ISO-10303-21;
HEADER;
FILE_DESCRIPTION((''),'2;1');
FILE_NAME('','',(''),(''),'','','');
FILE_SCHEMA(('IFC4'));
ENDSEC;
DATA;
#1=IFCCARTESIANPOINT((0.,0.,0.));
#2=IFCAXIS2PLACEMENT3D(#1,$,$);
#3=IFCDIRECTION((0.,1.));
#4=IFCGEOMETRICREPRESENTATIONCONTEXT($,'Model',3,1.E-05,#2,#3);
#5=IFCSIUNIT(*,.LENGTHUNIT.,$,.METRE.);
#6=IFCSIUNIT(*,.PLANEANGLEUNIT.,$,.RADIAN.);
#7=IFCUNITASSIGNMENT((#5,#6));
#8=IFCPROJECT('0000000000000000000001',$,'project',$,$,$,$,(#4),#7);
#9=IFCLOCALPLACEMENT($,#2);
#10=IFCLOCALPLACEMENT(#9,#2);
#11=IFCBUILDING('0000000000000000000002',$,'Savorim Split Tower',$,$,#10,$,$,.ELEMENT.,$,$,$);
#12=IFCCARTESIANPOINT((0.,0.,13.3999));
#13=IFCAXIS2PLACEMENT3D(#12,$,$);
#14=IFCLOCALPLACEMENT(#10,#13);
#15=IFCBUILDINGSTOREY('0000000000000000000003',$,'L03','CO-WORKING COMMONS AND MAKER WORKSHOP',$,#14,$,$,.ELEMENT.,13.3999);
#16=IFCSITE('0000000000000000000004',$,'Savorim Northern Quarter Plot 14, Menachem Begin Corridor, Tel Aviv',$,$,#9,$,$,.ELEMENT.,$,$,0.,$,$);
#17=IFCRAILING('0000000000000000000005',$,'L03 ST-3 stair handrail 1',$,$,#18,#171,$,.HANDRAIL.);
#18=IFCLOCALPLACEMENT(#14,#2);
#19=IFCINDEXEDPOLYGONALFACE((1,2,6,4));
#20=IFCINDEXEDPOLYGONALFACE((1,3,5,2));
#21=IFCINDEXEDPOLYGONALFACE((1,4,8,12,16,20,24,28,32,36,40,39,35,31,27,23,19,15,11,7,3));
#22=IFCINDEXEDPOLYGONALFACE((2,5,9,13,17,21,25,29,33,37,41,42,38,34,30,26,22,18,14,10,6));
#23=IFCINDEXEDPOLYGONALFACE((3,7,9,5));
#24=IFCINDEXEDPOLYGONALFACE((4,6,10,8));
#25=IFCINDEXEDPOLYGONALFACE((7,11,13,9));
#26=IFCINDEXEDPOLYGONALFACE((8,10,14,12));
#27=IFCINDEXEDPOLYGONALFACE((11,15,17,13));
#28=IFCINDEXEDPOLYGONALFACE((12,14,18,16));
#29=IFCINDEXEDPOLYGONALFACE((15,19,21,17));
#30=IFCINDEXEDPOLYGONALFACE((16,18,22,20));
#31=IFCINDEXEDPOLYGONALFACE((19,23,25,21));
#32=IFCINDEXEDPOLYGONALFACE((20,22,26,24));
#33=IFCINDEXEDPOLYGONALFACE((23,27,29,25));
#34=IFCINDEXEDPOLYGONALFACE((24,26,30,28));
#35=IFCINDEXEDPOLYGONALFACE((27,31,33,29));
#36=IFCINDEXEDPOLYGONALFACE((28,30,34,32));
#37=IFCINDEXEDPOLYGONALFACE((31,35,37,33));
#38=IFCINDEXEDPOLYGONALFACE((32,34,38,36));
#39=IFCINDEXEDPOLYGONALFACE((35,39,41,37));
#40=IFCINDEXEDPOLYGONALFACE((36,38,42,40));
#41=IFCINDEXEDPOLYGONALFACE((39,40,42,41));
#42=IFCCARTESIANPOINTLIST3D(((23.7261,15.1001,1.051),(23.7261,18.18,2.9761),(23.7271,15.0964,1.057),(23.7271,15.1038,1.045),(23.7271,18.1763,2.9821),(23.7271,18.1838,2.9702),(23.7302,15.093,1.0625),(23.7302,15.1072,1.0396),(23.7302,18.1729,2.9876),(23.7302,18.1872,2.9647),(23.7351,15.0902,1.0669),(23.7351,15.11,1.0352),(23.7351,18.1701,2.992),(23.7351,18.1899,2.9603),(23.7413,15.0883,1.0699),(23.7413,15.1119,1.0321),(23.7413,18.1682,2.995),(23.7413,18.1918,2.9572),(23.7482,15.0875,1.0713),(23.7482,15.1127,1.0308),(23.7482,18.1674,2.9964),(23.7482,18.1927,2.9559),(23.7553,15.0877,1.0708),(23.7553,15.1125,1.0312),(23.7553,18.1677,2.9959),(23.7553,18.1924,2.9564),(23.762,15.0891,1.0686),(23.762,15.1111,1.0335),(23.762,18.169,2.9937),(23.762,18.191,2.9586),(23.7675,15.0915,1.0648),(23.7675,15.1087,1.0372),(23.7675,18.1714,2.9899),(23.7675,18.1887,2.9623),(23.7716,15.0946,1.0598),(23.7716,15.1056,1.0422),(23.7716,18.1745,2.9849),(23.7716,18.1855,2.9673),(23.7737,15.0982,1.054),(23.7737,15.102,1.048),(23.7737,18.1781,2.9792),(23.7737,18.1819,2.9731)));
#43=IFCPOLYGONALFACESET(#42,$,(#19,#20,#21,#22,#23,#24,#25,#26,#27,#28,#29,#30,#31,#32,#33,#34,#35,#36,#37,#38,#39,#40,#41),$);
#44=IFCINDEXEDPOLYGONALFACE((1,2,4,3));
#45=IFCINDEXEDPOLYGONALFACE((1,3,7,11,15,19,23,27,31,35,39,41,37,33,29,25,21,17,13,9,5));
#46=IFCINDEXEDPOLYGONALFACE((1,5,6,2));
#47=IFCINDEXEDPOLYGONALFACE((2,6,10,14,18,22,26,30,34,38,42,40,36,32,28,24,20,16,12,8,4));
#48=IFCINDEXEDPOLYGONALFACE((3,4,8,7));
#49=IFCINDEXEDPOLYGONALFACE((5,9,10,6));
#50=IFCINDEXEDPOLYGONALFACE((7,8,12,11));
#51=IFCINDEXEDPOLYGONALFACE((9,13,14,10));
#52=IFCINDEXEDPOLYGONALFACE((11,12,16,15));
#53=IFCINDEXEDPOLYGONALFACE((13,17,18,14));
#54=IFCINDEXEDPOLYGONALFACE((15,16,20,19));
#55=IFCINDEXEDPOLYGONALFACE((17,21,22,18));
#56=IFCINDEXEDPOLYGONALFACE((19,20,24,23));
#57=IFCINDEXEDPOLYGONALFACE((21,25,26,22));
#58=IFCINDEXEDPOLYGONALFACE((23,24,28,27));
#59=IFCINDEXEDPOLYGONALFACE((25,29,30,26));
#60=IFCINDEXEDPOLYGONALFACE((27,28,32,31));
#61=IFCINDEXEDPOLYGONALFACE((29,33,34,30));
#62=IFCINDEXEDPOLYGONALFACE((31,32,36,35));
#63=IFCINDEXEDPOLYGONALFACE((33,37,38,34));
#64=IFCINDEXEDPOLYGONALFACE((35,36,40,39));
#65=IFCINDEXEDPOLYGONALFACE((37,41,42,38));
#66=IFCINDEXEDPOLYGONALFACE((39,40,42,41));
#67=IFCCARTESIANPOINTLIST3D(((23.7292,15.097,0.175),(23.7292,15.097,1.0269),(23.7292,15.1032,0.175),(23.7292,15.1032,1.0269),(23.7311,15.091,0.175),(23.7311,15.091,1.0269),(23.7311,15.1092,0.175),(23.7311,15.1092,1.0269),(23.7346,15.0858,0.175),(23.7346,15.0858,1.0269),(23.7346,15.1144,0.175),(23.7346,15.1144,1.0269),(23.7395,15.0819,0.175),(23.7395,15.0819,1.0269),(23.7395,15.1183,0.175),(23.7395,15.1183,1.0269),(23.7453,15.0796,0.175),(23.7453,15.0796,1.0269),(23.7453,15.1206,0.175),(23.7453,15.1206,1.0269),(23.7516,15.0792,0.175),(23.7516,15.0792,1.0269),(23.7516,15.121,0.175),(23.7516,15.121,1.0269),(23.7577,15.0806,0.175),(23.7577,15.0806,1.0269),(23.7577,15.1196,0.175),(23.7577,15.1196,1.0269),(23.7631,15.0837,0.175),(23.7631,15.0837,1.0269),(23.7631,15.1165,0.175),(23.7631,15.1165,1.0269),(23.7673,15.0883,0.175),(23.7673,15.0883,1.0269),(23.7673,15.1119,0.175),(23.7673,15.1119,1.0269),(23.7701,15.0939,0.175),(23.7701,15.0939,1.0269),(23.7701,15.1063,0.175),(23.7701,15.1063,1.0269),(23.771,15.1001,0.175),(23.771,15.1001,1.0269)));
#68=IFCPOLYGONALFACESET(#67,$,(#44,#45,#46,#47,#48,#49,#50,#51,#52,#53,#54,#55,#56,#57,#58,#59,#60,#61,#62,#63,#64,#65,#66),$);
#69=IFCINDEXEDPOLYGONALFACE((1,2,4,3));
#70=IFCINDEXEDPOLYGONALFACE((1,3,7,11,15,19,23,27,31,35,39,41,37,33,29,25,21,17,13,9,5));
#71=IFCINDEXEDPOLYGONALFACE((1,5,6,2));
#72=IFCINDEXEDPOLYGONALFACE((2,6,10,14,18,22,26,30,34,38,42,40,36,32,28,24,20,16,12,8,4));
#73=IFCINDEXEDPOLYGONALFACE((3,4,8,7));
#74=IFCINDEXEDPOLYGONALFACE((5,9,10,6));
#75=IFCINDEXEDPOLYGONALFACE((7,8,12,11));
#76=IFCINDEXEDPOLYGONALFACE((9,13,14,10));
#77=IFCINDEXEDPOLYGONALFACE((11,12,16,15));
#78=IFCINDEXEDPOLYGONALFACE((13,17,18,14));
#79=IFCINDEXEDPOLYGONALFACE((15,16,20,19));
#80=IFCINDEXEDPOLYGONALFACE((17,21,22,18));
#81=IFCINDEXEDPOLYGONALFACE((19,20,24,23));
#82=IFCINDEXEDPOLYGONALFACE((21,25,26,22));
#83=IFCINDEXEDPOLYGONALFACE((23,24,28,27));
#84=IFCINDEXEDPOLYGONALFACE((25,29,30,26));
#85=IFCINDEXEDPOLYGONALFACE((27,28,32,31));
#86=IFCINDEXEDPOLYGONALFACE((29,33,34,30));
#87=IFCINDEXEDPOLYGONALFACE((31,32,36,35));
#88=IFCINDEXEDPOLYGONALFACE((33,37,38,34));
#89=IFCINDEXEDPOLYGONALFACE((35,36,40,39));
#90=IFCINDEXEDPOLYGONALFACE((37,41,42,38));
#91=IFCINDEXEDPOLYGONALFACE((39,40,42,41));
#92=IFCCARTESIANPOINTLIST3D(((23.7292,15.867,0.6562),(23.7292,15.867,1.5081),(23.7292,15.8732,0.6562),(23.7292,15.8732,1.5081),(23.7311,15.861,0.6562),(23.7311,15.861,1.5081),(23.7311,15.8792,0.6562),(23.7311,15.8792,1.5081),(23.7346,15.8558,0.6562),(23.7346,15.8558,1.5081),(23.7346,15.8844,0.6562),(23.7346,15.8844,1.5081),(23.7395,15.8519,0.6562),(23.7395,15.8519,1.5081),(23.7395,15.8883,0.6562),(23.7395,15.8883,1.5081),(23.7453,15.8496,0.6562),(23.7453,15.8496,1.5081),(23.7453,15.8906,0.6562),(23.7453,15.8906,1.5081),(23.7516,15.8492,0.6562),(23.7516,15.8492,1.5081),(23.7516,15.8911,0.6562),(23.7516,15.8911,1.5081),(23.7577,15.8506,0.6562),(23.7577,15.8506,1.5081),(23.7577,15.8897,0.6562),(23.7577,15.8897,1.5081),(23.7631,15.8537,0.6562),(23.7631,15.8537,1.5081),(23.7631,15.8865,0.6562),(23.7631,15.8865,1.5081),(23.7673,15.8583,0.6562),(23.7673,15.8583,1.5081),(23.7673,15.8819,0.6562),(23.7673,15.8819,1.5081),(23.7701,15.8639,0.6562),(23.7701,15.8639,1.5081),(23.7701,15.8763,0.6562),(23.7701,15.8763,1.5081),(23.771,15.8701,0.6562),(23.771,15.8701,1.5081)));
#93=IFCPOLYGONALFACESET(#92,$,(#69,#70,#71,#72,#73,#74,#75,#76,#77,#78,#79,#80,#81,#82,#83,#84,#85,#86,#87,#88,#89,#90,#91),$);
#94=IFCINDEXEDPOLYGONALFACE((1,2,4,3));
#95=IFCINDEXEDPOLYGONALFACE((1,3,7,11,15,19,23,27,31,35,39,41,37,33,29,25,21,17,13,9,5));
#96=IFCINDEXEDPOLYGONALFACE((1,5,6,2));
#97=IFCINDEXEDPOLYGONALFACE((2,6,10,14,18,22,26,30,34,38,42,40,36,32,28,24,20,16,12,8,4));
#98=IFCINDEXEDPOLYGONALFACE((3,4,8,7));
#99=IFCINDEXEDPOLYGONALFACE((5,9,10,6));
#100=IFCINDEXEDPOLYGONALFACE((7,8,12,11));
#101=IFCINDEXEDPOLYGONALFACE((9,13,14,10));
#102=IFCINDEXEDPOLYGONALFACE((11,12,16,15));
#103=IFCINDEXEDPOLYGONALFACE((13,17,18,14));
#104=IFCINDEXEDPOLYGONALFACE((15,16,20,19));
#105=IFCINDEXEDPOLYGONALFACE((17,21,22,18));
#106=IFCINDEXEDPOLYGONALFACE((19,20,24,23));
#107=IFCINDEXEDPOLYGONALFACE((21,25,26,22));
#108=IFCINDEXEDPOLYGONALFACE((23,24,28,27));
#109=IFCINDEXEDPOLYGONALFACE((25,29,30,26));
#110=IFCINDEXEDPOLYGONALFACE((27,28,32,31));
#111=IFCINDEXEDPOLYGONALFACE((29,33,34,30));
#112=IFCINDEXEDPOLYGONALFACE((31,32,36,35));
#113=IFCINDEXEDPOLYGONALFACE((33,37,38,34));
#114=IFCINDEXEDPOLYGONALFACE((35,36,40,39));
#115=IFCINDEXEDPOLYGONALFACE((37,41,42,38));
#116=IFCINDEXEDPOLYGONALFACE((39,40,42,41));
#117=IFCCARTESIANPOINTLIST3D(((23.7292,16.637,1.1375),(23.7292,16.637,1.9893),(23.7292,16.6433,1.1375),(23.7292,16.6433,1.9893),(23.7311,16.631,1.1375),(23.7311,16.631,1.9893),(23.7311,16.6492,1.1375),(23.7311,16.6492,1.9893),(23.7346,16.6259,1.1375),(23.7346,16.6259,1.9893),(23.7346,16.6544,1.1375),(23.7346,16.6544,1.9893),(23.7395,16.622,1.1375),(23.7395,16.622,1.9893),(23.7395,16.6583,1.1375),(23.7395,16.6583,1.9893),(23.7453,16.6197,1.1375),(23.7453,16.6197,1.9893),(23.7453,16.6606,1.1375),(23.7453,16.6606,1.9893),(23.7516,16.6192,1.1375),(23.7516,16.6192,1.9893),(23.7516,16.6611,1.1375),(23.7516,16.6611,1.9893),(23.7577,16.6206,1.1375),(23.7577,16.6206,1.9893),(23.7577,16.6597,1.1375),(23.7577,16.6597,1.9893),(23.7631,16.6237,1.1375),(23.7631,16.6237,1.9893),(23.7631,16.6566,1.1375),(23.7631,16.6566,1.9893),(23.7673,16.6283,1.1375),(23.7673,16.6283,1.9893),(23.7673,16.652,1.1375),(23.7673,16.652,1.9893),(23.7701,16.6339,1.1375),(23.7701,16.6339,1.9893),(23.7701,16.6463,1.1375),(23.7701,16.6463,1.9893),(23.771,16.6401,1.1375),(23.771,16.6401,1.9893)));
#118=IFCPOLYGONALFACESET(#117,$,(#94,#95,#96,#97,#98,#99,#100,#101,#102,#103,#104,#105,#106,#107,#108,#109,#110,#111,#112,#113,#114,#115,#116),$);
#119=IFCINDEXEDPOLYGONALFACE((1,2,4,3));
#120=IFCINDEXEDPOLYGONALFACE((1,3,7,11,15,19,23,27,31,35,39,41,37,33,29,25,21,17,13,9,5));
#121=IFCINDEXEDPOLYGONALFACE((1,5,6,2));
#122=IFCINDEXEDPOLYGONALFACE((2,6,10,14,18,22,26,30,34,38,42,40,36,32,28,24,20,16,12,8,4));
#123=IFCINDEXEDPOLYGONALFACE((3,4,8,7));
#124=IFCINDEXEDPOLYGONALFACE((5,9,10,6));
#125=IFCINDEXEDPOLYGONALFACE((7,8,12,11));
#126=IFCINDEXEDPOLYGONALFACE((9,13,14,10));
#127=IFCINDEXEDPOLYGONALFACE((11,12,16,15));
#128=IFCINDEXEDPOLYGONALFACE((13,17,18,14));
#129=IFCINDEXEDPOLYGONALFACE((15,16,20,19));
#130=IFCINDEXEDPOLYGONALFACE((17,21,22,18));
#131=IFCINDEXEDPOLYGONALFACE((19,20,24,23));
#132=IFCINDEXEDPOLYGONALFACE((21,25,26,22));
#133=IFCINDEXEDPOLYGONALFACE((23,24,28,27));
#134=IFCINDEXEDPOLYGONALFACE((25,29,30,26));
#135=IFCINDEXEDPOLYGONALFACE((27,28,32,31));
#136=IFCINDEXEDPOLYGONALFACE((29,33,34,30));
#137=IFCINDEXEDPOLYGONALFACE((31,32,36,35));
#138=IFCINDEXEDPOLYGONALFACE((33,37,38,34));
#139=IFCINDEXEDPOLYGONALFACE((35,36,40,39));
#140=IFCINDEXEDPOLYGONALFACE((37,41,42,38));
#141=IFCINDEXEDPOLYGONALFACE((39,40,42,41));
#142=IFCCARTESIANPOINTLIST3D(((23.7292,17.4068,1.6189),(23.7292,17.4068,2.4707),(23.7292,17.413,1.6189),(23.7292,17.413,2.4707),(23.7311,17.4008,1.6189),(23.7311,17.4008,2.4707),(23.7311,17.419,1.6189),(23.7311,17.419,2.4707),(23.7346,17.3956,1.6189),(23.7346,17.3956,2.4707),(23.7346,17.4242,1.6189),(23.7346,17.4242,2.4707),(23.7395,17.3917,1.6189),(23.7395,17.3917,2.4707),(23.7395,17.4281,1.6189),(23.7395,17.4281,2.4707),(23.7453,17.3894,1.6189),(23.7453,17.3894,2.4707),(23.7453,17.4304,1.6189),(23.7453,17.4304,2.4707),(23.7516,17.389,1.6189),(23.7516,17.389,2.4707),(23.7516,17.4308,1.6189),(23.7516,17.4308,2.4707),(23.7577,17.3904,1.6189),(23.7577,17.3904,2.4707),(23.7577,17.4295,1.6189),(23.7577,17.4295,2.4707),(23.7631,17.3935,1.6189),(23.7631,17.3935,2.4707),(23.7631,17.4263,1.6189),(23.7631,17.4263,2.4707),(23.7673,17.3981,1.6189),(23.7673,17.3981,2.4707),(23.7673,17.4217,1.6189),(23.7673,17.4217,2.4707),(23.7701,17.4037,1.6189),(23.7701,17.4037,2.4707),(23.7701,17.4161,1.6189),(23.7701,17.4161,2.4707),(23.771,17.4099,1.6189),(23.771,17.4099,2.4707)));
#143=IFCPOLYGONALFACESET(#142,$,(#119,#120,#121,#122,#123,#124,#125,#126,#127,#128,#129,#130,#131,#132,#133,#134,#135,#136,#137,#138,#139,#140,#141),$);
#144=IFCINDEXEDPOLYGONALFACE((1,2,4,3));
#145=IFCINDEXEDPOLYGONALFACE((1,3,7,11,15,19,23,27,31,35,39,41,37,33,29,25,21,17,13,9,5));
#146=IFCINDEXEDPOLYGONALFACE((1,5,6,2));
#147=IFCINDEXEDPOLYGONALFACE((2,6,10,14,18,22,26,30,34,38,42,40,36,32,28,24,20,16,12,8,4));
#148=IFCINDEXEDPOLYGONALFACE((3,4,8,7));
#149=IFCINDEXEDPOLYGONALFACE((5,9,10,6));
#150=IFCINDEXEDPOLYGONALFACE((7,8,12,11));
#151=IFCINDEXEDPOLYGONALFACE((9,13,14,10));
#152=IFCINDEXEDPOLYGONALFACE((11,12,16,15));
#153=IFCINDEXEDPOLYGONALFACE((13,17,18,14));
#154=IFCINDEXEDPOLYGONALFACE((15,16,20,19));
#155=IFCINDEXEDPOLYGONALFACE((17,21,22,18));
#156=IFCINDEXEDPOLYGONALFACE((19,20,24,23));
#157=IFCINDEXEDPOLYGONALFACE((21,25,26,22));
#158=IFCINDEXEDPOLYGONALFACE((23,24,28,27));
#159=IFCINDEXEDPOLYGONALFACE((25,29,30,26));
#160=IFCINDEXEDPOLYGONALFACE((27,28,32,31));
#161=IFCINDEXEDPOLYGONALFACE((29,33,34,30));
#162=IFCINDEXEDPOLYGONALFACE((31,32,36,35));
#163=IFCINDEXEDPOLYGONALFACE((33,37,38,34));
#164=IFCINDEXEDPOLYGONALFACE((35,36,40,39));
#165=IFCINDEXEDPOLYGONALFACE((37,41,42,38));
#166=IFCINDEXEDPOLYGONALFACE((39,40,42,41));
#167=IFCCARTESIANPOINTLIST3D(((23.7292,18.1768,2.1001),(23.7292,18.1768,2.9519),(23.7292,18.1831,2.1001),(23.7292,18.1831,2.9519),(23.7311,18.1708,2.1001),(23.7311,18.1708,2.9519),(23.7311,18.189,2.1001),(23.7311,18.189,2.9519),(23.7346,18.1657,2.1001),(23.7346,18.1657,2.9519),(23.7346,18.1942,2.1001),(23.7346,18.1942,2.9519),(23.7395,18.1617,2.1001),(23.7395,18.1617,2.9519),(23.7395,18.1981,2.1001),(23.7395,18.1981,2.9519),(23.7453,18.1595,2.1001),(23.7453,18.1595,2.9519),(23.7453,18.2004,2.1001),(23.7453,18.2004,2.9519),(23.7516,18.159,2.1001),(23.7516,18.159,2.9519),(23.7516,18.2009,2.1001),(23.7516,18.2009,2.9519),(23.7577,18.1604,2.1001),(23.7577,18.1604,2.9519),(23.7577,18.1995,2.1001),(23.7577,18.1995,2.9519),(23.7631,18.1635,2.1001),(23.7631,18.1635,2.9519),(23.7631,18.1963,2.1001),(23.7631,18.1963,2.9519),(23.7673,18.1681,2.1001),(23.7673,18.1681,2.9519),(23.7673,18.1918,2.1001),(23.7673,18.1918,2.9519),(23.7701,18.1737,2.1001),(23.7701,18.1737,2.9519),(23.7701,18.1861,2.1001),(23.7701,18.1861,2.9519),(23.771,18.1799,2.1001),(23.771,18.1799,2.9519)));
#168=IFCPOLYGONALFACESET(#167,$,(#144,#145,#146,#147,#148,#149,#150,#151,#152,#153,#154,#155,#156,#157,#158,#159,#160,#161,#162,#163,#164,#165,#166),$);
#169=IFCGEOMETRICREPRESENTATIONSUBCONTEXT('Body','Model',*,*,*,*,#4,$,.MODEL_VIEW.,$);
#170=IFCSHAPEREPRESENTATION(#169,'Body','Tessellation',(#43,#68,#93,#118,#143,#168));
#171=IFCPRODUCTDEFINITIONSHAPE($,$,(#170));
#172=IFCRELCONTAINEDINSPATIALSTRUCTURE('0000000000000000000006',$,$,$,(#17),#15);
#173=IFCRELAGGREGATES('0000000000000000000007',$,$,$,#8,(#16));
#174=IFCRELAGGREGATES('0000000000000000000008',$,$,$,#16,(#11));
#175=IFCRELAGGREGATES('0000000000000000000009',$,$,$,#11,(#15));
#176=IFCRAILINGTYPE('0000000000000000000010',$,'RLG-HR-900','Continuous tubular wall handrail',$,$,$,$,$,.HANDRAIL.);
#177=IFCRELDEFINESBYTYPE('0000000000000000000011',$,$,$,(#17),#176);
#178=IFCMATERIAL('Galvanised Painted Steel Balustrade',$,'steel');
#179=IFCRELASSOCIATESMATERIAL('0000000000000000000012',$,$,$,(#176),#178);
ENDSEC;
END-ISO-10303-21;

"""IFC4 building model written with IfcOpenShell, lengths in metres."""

from ifc_helpers import new_model, si_unit, direction, frame, origin, origin_2d, place, context, subcontext, project, spatial, circle, extrude, material, type_object, element, save


model = new_model("IFC4")

# Units and contexts
model_context = context("Model", 3, precision=1e-05, world=origin(), true_north=direction((0.0, 1.0)))
body_context = subcontext(model_context, "Body", "Model", "MODEL_VIEW")
ifc_project = project(units=[si_unit("LENGTHUNIT", "METRE"), si_unit("PLANEANGLEUNIT", "RADIAN")], contexts=[model_context])

# Site, building, storey
site_placement = place(None, origin())
site = spatial("IfcSite", under=ifc_project, at=site_placement, Name="Savorim Northern Quarter Plot 14, Menachem Begin Corridor, Tel Aviv", CompositionType="ELEMENT", RefElevation=0.0)
building_placement = place(site_placement, origin())
building = spatial("IfcBuilding", under=site, at=building_placement, Name="Savorim Split Tower", CompositionType="ELEMENT")
storey_placement = place(building_placement, frame((0.0, 0.0, 13.3999)))
storey = spatial("IfcBuildingStorey", under=building, at=storey_placement, Name="L03", Description="CO-WORKING COMMONS AND MAKER WORKSHOP", CompositionType="ELEMENT", Elevation=13.3999)

# Railing
ifc_material_1 = material(Name="Galvanised Painted Steel Balustrade", Category="steel")
railing_type_1 = type_object("IfcRailingType", Name="RLG-HR-900", Description="Continuous tubular wall handrail", PredefinedType="HANDRAIL", material=ifc_material_1)
railing_1_placement = place(storey_placement, frame((23.75, 15.1001, 0.175)))
element("IfcRailing", 1, at=railing_1_placement, inside=storey, type_object=railing_type_1, Name="L03 ST-3 stair handrail 1", PredefinedType="HANDRAIL", context=body_context, shape_type="SweptSolid", body=[
    extrude(circle(Radius=0.0239, at=origin_2d()), frame((0.0, 0.0, 0.876), z_axis=(0.0, 0.847979, 0.530029), x_axis=(-1.0, 0.0, 0.0)), (0.0, 0.0, 1.0), 3.6321),
    extrude(circle(Radius=0.021, at=origin_2d()), origin(), (0.0, 0.0, 1.0), 0.8518),
    extrude(circle(Radius=0.021, at=origin_2d()), frame((0.0, 0.77, 0.4812)), (0.0, 0.0, 1.0), 0.8518),
    extrude(circle(Radius=0.021, at=origin_2d()), frame((0.0, 1.54, 0.9624)), (0.0, 0.0, 1.0), 0.8518),
    extrude(circle(Radius=0.021, at=origin_2d()), frame((0.0, 2.3098, 1.4438)), (0.0, 0.0, 1.0), 0.8518),
    extrude(circle(Radius=0.021, at=origin_2d()), frame((0.0, 3.0798, 1.925)), (0.0, 0.0, 1.0), 0.8518),
])

save(model, "model.ifc")
